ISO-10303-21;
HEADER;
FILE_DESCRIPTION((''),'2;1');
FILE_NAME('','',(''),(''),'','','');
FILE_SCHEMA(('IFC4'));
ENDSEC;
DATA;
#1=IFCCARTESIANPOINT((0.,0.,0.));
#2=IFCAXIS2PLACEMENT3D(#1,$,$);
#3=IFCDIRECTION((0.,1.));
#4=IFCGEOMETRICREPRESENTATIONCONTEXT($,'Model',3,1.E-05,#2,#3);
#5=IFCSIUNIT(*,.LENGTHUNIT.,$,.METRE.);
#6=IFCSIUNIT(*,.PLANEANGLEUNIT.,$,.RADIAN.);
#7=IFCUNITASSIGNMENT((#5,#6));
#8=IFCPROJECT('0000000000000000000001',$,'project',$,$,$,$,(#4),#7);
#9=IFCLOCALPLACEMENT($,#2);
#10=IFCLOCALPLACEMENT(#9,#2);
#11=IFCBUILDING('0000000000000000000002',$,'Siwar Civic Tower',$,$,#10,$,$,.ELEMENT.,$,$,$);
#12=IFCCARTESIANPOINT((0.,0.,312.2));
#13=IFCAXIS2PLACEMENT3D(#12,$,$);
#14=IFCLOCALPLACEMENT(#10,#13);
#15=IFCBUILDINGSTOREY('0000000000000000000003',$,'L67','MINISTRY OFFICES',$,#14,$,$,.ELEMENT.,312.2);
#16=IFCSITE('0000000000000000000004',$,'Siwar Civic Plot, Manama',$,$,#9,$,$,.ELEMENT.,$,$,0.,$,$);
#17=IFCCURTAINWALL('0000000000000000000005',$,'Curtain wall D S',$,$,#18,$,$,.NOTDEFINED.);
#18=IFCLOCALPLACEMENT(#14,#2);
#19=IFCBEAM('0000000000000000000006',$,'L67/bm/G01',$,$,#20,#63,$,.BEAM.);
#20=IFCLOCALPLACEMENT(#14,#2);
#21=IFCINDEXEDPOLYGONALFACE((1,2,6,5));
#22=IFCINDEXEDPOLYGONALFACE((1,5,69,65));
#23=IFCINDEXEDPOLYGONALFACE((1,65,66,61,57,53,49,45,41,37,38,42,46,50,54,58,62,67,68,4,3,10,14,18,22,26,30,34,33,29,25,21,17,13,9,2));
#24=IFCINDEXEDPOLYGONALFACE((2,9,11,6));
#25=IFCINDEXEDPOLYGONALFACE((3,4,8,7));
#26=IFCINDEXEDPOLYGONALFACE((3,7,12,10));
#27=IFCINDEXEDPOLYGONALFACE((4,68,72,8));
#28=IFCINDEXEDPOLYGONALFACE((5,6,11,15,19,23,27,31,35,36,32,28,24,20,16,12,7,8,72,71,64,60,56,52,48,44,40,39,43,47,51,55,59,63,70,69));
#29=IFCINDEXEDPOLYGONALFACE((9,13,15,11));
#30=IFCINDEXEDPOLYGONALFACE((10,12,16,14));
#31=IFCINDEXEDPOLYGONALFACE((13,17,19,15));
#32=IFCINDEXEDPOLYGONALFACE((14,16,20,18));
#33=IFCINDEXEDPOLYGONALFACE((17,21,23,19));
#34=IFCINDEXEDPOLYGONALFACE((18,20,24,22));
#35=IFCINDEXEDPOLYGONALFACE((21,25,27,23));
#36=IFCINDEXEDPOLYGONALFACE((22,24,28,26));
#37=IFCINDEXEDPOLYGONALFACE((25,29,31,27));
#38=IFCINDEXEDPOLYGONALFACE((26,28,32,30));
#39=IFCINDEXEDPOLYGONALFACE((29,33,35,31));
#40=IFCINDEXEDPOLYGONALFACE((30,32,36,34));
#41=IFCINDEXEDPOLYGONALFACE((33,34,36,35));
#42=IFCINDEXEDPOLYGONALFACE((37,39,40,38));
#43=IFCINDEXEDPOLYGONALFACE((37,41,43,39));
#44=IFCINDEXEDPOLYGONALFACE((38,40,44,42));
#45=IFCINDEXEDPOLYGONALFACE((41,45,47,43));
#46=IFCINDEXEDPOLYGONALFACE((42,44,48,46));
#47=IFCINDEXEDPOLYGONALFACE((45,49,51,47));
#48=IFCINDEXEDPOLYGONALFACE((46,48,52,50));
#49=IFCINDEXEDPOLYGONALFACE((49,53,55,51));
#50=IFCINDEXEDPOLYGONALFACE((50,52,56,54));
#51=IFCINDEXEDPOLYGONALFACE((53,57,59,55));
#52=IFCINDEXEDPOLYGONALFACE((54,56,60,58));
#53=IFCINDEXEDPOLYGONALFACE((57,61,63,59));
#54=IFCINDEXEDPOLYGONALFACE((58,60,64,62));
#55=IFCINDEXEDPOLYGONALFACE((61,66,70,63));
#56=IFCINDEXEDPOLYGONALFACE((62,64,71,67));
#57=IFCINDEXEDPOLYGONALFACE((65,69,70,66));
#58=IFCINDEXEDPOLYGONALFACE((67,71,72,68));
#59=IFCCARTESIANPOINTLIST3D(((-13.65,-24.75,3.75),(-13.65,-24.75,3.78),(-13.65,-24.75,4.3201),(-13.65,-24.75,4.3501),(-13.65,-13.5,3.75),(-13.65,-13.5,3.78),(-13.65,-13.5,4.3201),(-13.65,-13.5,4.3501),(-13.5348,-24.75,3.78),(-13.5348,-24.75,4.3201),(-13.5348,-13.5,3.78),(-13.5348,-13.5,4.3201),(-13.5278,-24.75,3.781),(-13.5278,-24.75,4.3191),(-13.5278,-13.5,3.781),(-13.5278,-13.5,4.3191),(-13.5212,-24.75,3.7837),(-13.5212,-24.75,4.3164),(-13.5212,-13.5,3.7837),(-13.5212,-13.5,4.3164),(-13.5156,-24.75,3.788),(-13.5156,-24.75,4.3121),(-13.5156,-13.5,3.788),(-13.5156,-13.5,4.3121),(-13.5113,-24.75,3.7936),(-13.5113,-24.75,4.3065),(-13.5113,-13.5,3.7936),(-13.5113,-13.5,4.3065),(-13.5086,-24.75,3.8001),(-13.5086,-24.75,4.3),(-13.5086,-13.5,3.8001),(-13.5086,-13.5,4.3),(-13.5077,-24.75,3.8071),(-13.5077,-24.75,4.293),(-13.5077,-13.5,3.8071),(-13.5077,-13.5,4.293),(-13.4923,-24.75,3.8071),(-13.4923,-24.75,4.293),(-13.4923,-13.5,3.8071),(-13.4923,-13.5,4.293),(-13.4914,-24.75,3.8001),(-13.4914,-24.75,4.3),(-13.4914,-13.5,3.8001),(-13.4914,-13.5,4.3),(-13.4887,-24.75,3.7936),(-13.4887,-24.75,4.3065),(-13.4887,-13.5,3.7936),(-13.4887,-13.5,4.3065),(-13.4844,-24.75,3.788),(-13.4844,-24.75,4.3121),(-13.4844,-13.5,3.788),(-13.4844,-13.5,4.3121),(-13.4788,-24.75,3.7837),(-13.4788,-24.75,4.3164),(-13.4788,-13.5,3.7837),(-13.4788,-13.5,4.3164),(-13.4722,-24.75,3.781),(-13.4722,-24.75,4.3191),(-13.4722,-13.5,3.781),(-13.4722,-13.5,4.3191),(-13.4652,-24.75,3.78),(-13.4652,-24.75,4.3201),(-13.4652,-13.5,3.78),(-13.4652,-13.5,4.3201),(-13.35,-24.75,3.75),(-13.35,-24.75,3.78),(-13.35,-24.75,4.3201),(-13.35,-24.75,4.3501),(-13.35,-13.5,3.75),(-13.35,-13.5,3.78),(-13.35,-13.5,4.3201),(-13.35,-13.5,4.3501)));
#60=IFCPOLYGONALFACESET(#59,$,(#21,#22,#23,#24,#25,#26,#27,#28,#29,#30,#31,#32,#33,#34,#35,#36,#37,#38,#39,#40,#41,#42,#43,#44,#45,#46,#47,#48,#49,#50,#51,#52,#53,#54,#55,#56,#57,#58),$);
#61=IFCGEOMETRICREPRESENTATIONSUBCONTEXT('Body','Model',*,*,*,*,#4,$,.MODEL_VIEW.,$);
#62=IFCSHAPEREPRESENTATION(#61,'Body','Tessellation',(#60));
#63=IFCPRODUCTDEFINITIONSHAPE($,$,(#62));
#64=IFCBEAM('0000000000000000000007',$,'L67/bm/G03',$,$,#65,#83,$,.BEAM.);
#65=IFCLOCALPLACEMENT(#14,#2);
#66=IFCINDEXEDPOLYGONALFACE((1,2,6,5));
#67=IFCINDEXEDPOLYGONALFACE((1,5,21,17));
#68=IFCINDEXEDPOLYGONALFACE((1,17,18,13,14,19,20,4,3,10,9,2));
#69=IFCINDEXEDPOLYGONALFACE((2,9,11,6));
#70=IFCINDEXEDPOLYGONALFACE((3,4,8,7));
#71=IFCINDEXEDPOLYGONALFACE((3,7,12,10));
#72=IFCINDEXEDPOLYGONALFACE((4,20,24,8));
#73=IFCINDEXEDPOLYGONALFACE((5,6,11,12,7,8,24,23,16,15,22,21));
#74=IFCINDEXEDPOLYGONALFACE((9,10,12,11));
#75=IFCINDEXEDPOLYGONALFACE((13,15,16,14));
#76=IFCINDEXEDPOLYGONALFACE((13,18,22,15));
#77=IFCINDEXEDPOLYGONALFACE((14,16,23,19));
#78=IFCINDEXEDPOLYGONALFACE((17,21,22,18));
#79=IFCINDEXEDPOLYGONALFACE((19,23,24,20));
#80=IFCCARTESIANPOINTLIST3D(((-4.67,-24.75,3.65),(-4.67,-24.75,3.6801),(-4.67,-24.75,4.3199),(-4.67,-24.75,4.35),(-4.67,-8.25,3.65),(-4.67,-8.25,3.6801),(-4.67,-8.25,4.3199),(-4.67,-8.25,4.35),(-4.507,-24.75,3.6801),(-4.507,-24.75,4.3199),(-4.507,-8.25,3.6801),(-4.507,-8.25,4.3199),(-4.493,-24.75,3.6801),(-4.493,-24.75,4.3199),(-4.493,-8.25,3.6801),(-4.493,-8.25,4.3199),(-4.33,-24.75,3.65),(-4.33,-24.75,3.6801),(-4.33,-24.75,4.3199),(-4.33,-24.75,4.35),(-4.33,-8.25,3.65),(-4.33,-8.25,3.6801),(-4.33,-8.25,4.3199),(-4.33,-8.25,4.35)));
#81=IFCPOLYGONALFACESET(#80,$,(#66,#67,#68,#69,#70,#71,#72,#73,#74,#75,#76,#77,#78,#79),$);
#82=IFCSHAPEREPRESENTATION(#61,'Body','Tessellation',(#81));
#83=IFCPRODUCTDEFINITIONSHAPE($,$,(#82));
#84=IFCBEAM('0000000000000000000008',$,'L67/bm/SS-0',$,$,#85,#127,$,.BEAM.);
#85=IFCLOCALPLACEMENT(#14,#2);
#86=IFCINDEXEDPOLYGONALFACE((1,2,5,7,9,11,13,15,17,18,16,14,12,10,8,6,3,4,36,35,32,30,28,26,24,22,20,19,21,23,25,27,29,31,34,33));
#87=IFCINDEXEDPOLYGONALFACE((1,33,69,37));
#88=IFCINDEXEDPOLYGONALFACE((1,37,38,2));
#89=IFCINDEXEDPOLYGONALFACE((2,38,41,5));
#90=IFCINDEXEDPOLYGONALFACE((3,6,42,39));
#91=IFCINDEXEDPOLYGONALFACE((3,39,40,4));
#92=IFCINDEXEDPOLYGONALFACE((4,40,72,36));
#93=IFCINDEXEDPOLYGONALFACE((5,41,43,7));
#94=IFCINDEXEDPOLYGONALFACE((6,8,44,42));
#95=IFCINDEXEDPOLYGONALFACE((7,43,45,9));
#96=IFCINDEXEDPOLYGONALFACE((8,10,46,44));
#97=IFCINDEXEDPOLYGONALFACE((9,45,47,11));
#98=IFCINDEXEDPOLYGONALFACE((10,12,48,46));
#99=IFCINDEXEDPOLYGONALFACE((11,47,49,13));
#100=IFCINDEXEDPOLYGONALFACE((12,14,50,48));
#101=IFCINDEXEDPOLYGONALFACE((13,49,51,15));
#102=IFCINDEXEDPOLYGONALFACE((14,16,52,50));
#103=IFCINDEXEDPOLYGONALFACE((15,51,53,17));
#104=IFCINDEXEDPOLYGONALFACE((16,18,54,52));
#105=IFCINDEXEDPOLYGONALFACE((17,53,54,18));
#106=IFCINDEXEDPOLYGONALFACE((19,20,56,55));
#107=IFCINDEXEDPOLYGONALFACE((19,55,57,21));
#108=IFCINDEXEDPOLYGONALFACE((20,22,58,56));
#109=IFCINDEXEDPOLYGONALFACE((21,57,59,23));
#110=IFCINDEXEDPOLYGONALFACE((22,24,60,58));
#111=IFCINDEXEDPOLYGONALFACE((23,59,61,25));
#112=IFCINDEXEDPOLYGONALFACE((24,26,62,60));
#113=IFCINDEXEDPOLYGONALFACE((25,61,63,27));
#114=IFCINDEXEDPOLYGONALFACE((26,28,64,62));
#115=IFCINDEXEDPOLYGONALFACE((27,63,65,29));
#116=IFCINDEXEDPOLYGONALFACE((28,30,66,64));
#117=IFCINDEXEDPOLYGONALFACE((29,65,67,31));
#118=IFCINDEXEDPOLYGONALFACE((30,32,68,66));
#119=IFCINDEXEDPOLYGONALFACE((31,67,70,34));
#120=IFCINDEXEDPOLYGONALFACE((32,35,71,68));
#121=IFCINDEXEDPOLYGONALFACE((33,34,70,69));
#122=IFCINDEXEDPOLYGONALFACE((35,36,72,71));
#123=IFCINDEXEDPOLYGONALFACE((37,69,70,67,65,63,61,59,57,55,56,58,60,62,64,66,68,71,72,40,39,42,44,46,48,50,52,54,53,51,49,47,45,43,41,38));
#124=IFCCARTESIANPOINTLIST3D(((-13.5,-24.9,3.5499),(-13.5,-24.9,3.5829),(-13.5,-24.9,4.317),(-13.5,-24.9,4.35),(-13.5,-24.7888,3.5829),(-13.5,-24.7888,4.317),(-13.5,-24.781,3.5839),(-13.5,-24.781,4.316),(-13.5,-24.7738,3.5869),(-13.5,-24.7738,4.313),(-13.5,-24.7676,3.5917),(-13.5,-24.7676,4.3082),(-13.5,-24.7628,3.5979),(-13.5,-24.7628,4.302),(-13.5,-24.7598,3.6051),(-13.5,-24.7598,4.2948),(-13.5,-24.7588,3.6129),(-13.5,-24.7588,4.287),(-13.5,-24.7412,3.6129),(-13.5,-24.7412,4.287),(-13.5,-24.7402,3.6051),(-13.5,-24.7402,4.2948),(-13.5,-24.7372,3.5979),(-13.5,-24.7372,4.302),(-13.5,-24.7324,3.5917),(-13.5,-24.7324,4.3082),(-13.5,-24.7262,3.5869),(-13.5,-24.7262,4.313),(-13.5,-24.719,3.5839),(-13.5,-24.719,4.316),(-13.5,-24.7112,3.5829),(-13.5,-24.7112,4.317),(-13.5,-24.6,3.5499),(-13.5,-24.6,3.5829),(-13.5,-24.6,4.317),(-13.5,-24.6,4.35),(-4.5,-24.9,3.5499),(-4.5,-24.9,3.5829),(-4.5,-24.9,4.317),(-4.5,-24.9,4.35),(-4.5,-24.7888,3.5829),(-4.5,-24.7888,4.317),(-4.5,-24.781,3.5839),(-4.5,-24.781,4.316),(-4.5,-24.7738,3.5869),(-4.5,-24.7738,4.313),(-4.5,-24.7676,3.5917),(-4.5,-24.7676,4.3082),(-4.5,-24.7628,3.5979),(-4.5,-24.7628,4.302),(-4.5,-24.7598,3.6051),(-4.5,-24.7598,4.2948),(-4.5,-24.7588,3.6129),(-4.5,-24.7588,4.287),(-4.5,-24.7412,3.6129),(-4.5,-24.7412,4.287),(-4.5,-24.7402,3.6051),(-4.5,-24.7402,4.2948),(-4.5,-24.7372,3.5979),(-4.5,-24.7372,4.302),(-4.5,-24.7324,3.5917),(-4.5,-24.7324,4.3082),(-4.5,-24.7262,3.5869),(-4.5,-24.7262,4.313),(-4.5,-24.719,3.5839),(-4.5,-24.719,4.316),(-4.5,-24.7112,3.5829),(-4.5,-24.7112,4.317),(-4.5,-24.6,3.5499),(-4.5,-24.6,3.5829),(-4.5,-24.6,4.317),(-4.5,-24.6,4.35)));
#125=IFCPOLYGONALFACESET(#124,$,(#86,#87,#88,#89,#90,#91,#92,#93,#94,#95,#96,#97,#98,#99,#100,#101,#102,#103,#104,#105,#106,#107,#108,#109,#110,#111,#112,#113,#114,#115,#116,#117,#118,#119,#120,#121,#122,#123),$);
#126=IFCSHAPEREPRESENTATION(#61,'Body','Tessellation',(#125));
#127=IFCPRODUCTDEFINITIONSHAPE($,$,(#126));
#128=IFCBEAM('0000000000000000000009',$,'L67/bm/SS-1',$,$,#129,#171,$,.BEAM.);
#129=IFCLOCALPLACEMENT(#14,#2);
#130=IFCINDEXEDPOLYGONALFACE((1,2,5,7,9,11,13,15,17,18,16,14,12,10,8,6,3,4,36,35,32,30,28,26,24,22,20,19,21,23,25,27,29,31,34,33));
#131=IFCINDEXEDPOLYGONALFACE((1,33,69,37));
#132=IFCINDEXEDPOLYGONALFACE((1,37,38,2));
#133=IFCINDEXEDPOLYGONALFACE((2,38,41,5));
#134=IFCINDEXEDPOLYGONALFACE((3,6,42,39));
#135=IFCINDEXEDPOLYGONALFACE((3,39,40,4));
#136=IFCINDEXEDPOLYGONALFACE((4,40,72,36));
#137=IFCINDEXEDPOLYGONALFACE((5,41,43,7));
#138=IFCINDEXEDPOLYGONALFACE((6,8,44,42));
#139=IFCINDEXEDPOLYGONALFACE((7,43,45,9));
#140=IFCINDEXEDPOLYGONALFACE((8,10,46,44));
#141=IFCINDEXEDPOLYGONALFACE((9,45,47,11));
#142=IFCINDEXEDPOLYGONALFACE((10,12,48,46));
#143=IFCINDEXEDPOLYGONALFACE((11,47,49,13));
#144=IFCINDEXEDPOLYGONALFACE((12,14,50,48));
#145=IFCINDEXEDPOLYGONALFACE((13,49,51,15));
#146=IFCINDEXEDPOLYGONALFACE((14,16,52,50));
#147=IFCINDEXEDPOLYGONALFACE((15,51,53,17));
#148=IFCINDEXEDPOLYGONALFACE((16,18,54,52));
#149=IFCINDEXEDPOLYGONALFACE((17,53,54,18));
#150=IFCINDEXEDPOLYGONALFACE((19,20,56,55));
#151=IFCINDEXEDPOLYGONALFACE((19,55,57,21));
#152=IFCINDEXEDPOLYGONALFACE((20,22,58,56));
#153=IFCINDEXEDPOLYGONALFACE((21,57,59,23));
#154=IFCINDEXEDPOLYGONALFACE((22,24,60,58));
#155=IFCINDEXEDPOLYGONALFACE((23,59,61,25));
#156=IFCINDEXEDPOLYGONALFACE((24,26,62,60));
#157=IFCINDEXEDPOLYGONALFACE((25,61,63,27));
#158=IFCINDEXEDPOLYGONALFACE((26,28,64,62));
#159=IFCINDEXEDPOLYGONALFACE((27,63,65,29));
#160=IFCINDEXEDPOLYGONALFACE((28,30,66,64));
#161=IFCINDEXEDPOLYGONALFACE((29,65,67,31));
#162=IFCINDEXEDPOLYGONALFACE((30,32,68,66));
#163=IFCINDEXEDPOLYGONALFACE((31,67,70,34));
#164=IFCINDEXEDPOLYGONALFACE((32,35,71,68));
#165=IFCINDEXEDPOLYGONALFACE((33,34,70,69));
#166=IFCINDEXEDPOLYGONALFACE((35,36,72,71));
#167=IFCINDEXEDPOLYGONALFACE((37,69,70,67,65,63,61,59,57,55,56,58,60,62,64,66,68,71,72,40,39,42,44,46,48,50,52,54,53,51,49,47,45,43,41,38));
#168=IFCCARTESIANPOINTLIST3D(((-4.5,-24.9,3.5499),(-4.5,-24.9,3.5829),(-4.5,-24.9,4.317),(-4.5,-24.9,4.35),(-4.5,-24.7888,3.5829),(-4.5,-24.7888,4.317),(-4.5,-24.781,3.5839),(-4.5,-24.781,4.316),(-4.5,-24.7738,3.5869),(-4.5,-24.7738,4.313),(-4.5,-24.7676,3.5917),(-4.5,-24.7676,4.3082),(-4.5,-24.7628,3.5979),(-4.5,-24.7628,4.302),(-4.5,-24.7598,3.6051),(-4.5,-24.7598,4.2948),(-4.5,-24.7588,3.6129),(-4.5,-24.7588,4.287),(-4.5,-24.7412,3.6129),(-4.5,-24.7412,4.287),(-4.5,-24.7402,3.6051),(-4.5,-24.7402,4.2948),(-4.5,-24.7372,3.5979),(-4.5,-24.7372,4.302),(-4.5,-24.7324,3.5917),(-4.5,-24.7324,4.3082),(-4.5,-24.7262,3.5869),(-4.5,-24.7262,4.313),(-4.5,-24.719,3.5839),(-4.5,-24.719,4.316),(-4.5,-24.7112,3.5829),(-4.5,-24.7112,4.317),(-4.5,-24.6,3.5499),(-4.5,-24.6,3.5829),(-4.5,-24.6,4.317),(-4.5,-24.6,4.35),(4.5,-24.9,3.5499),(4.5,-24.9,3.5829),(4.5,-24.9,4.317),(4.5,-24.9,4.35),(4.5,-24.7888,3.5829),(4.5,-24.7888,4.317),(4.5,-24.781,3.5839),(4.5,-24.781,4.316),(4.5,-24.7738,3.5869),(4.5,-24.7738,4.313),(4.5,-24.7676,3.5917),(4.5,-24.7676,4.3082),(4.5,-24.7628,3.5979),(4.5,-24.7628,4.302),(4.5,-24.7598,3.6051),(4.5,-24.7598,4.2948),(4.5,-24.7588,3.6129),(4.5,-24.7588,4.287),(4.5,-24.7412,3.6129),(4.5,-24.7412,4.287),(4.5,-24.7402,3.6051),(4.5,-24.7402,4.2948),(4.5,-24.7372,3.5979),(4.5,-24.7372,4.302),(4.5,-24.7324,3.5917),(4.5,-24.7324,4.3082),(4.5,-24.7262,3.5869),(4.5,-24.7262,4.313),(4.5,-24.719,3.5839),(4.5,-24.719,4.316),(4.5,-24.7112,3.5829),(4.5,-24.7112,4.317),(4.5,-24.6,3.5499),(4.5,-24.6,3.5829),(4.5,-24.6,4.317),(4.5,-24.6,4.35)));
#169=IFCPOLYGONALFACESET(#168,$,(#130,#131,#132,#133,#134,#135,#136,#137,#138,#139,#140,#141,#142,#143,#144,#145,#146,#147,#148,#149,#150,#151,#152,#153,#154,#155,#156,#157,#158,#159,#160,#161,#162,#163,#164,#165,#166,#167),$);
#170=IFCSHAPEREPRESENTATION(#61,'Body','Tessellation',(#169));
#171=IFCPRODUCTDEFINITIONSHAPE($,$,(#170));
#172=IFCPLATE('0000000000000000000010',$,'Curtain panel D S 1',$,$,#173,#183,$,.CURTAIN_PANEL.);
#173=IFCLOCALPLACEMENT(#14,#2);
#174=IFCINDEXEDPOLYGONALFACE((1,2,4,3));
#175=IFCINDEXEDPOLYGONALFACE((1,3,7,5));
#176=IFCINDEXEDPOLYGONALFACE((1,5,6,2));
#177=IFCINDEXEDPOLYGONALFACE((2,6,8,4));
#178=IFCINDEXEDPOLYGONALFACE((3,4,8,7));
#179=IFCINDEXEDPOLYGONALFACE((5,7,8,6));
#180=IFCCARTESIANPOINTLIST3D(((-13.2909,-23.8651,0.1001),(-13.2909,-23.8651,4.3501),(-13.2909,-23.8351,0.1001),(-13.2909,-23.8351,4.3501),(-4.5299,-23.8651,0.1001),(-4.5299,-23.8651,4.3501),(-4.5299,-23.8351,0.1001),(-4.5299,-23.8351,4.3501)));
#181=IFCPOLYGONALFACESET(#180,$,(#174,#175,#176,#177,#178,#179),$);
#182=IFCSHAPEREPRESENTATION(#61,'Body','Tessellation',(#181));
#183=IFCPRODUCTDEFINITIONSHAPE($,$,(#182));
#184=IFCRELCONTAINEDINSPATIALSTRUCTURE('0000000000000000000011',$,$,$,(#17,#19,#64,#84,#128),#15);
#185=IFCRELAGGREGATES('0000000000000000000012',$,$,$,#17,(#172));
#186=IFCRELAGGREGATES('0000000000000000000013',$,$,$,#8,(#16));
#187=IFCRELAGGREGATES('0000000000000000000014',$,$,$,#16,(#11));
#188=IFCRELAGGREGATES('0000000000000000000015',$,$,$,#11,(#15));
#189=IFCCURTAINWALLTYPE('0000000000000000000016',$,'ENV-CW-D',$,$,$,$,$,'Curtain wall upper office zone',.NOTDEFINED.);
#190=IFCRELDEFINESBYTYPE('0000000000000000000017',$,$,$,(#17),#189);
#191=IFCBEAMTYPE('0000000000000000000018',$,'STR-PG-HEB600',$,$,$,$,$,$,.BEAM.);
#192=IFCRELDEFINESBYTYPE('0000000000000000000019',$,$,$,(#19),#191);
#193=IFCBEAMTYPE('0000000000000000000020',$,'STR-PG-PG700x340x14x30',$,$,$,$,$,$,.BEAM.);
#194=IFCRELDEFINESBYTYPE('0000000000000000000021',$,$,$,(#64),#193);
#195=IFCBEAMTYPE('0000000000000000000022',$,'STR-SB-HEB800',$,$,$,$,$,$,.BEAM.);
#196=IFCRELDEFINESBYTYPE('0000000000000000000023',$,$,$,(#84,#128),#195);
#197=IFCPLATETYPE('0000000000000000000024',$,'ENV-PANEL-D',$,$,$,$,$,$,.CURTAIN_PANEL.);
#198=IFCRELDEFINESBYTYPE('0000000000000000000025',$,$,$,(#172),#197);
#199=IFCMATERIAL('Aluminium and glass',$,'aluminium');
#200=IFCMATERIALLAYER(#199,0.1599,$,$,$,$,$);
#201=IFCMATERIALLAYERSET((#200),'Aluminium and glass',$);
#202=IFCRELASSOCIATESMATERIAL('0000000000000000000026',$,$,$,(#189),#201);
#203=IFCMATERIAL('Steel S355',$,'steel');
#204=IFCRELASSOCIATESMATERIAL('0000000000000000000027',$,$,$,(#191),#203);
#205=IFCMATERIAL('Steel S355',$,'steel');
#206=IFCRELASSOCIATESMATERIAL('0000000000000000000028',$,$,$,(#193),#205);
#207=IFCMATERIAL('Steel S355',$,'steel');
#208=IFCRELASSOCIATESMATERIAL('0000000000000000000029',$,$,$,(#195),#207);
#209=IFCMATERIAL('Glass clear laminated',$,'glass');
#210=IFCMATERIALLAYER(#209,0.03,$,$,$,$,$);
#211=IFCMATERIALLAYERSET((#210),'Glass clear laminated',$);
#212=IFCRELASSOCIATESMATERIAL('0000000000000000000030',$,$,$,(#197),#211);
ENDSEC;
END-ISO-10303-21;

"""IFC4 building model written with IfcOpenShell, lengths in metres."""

from ifc_helpers import new_model, si_unit, direction, frame, origin, origin_2d, place, context, subcontext, project, spatial, rectangle, i_section, extrude, material, layer, layer_set, material_profile, profile_set, type_object, element, aggregate, save


model = new_model("IFC4")

# Units and contexts
model_context = context("Model", 3, precision=1e-05, world=origin(), true_north=direction((0.0, 1.0)))
body_context = subcontext(model_context, "Body", "Model", "MODEL_VIEW")
ifc_project = project(units=[si_unit("LENGTHUNIT", "METRE"), si_unit("PLANEANGLEUNIT", "RADIAN")], contexts=[model_context])

# Site, building, storey
site_placement = place(None, origin())
site = spatial("IfcSite", under=ifc_project, at=site_placement, Name="Siwar Civic Plot, Manama", CompositionType="ELEMENT", RefElevation=0.0)
building_placement = place(site_placement, origin())
building = spatial("IfcBuilding", under=site, at=building_placement, Name="Siwar Civic Tower", CompositionType="ELEMENT")
storey_placement = place(building_placement, frame((0.0, 0.0, 312.2)))
storey = spatial("IfcBuildingStorey", under=building, at=storey_placement, Name="L67", Description="MINISTRY OFFICES", CompositionType="ELEMENT", Elevation=312.2)

# Curtain wall
ifc_material_1 = material(Name="Aluminium and glass", Category="aluminium")
ifc_layer_1 = layer(ifc_material_1, 0.1599)
ifc_layer_set_1 = layer_set([ifc_layer_1], Name="Aluminium and glass")
curtain_wall_type = type_object("IfcCurtainWallType", Name="ENV-CW-D", ElementType="Curtain wall upper office zone", PredefinedType="NOTDEFINED", material=ifc_layer_set_1)
curtain_wall_placement = place(storey_placement, origin())
curtain_wall = element("IfcCurtainWall", 1, at=curtain_wall_placement, inside=storey, type_object=curtain_wall_type, Name="Curtain wall D S", PredefinedType="NOTDEFINED")

# Beams
ifc_material_2 = material(Name="Steel S355", Category="steel")
ifc_material_profile_1 = material_profile(ifc_material_2, i_section(OverallWidth=0.3, OverallDepth=0.6001, WebThickness=0.0154, FlangeThickness=0.03, FilletRadius=0.0271, at=origin_2d()), Name="HEB600")
ifc_profile_set_1 = profile_set([ifc_material_profile_1], Name="Steel S355")
beam_type_1 = type_object("IfcBeamType", Name="STR-PG-HEB600", PredefinedType="BEAM", material=ifc_profile_set_1)
beam_1_placement = place(storey_placement, frame((-13.5, -24.75, 4.05), z_axis=(0.0, 1.0, 0.0), x_axis=(-1.0, 0.0, 0.0)))
element("IfcBeam", 2, at=beam_1_placement, inside=storey, type_object=beam_type_1, Name="L67/bm/G01", PredefinedType="BEAM", context=body_context, shape_type="SweptSolid", body=[
    extrude(i_section(OverallWidth=0.3, OverallDepth=0.6001, WebThickness=0.0154, FlangeThickness=0.03, FilletRadius=0.0271, at=origin_2d()), origin(), (0.0, 0.0, 1.0), 11.25),
])
ifc_material_3 = material(Name="Steel S355", Category="steel")
ifc_material_profile_2 = material_profile(ifc_material_3, i_section(OverallWidth=0.3401, OverallDepth=0.7, WebThickness=0.0139, FlangeThickness=0.03, at=origin_2d()), Name="PG700x340x14x30")
ifc_profile_set_2 = profile_set([ifc_material_profile_2], Name="Steel S355")
beam_type_2 = type_object("IfcBeamType", Name="STR-PG-PG700x340x14x30", PredefinedType="BEAM", material=ifc_profile_set_2)
beam_2_placement = place(storey_placement, frame((-4.5, -24.75, 4.0), z_axis=(0.0, 1.0, 0.0), x_axis=(-1.0, 0.0, 0.0)))
element("IfcBeam", 3, at=beam_2_placement, inside=storey, type_object=beam_type_2, Name="L67/bm/G03", PredefinedType="BEAM", context=body_context, shape_type="SweptSolid", body=[
    extrude(i_section(OverallWidth=0.3401, OverallDepth=0.7, WebThickness=0.0139, FlangeThickness=0.03, at=origin_2d()), origin(), (0.0, 0.0, 1.0), 16.5),
])
ifc_material_4 = material(Name="Steel S355", Category="steel")
ifc_material_profile_3 = material_profile(ifc_material_4, i_section(OverallWidth=0.3, OverallDepth=0.8, WebThickness=0.0176, FlangeThickness=0.033, FilletRadius=0.03, at=origin_2d()), Name="HEB800")
ifc_profile_set_3 = profile_set([ifc_material_profile_3], Name="Steel S355")
beam_type_3 = type_object("IfcBeamType", Name="STR-SB-HEB800", PredefinedType="BEAM", material=ifc_profile_set_3)
for number, where, z_axis, x_axis, name in (
    (4, (-13.5, -24.75, 3.95), (1.0, 0.0, 0.0), (0.0, 1.0, 0.0), "L67/bm/SS-0"),
    (5, (-4.5, -24.75, 3.95), (1.0, 0.0, 0.0), (0.0, 1.0, 0.0), "L67/bm/SS-1"),
):
    element("IfcBeam", number, at=place(storey_placement, frame(where, z_axis=z_axis, x_axis=x_axis)), inside=storey, type_object=beam_type_3, Name=name, PredefinedType="BEAM", context=body_context, shape_type="SweptSolid", body=[
        extrude(i_section(OverallWidth=0.3, OverallDepth=0.8, WebThickness=0.0176, FlangeThickness=0.033, FilletRadius=0.03, at=origin_2d()), origin(), (0.0, 0.0, 1.0), 9.0),
    ])

# Plate
ifc_material_5 = material(Name="Glass clear laminated", Category="glass")
ifc_layer_2 = layer(ifc_material_5, 0.03)
ifc_layer_set_2 = layer_set([ifc_layer_2], Name="Glass clear laminated")
plate_type = type_object("IfcPlateType", Name="ENV-PANEL-D", PredefinedType="CURTAIN_PANEL", material=ifc_layer_set_2)
plate_placement = place(storey_placement, frame((-8.9104, -23.8501, 0.1001), z_axis=(0.0, 0.0, 1.0), x_axis=(1.0, 0.0, 0.0)))
plate = element("IfcPlate", 6, at=plate_placement, type_object=plate_type, Name="Curtain panel D S 1", PredefinedType="CURTAIN_PANEL", context=body_context, shape_type="SweptSolid", body=[
    extrude(rectangle(XDim=8.761, YDim=0.03, at=origin_2d()), origin(), (0.0, 0.0, 1.0), 4.25),
])
aggregate(curtain_wall, [plate])

save(model, "model.ifc")
